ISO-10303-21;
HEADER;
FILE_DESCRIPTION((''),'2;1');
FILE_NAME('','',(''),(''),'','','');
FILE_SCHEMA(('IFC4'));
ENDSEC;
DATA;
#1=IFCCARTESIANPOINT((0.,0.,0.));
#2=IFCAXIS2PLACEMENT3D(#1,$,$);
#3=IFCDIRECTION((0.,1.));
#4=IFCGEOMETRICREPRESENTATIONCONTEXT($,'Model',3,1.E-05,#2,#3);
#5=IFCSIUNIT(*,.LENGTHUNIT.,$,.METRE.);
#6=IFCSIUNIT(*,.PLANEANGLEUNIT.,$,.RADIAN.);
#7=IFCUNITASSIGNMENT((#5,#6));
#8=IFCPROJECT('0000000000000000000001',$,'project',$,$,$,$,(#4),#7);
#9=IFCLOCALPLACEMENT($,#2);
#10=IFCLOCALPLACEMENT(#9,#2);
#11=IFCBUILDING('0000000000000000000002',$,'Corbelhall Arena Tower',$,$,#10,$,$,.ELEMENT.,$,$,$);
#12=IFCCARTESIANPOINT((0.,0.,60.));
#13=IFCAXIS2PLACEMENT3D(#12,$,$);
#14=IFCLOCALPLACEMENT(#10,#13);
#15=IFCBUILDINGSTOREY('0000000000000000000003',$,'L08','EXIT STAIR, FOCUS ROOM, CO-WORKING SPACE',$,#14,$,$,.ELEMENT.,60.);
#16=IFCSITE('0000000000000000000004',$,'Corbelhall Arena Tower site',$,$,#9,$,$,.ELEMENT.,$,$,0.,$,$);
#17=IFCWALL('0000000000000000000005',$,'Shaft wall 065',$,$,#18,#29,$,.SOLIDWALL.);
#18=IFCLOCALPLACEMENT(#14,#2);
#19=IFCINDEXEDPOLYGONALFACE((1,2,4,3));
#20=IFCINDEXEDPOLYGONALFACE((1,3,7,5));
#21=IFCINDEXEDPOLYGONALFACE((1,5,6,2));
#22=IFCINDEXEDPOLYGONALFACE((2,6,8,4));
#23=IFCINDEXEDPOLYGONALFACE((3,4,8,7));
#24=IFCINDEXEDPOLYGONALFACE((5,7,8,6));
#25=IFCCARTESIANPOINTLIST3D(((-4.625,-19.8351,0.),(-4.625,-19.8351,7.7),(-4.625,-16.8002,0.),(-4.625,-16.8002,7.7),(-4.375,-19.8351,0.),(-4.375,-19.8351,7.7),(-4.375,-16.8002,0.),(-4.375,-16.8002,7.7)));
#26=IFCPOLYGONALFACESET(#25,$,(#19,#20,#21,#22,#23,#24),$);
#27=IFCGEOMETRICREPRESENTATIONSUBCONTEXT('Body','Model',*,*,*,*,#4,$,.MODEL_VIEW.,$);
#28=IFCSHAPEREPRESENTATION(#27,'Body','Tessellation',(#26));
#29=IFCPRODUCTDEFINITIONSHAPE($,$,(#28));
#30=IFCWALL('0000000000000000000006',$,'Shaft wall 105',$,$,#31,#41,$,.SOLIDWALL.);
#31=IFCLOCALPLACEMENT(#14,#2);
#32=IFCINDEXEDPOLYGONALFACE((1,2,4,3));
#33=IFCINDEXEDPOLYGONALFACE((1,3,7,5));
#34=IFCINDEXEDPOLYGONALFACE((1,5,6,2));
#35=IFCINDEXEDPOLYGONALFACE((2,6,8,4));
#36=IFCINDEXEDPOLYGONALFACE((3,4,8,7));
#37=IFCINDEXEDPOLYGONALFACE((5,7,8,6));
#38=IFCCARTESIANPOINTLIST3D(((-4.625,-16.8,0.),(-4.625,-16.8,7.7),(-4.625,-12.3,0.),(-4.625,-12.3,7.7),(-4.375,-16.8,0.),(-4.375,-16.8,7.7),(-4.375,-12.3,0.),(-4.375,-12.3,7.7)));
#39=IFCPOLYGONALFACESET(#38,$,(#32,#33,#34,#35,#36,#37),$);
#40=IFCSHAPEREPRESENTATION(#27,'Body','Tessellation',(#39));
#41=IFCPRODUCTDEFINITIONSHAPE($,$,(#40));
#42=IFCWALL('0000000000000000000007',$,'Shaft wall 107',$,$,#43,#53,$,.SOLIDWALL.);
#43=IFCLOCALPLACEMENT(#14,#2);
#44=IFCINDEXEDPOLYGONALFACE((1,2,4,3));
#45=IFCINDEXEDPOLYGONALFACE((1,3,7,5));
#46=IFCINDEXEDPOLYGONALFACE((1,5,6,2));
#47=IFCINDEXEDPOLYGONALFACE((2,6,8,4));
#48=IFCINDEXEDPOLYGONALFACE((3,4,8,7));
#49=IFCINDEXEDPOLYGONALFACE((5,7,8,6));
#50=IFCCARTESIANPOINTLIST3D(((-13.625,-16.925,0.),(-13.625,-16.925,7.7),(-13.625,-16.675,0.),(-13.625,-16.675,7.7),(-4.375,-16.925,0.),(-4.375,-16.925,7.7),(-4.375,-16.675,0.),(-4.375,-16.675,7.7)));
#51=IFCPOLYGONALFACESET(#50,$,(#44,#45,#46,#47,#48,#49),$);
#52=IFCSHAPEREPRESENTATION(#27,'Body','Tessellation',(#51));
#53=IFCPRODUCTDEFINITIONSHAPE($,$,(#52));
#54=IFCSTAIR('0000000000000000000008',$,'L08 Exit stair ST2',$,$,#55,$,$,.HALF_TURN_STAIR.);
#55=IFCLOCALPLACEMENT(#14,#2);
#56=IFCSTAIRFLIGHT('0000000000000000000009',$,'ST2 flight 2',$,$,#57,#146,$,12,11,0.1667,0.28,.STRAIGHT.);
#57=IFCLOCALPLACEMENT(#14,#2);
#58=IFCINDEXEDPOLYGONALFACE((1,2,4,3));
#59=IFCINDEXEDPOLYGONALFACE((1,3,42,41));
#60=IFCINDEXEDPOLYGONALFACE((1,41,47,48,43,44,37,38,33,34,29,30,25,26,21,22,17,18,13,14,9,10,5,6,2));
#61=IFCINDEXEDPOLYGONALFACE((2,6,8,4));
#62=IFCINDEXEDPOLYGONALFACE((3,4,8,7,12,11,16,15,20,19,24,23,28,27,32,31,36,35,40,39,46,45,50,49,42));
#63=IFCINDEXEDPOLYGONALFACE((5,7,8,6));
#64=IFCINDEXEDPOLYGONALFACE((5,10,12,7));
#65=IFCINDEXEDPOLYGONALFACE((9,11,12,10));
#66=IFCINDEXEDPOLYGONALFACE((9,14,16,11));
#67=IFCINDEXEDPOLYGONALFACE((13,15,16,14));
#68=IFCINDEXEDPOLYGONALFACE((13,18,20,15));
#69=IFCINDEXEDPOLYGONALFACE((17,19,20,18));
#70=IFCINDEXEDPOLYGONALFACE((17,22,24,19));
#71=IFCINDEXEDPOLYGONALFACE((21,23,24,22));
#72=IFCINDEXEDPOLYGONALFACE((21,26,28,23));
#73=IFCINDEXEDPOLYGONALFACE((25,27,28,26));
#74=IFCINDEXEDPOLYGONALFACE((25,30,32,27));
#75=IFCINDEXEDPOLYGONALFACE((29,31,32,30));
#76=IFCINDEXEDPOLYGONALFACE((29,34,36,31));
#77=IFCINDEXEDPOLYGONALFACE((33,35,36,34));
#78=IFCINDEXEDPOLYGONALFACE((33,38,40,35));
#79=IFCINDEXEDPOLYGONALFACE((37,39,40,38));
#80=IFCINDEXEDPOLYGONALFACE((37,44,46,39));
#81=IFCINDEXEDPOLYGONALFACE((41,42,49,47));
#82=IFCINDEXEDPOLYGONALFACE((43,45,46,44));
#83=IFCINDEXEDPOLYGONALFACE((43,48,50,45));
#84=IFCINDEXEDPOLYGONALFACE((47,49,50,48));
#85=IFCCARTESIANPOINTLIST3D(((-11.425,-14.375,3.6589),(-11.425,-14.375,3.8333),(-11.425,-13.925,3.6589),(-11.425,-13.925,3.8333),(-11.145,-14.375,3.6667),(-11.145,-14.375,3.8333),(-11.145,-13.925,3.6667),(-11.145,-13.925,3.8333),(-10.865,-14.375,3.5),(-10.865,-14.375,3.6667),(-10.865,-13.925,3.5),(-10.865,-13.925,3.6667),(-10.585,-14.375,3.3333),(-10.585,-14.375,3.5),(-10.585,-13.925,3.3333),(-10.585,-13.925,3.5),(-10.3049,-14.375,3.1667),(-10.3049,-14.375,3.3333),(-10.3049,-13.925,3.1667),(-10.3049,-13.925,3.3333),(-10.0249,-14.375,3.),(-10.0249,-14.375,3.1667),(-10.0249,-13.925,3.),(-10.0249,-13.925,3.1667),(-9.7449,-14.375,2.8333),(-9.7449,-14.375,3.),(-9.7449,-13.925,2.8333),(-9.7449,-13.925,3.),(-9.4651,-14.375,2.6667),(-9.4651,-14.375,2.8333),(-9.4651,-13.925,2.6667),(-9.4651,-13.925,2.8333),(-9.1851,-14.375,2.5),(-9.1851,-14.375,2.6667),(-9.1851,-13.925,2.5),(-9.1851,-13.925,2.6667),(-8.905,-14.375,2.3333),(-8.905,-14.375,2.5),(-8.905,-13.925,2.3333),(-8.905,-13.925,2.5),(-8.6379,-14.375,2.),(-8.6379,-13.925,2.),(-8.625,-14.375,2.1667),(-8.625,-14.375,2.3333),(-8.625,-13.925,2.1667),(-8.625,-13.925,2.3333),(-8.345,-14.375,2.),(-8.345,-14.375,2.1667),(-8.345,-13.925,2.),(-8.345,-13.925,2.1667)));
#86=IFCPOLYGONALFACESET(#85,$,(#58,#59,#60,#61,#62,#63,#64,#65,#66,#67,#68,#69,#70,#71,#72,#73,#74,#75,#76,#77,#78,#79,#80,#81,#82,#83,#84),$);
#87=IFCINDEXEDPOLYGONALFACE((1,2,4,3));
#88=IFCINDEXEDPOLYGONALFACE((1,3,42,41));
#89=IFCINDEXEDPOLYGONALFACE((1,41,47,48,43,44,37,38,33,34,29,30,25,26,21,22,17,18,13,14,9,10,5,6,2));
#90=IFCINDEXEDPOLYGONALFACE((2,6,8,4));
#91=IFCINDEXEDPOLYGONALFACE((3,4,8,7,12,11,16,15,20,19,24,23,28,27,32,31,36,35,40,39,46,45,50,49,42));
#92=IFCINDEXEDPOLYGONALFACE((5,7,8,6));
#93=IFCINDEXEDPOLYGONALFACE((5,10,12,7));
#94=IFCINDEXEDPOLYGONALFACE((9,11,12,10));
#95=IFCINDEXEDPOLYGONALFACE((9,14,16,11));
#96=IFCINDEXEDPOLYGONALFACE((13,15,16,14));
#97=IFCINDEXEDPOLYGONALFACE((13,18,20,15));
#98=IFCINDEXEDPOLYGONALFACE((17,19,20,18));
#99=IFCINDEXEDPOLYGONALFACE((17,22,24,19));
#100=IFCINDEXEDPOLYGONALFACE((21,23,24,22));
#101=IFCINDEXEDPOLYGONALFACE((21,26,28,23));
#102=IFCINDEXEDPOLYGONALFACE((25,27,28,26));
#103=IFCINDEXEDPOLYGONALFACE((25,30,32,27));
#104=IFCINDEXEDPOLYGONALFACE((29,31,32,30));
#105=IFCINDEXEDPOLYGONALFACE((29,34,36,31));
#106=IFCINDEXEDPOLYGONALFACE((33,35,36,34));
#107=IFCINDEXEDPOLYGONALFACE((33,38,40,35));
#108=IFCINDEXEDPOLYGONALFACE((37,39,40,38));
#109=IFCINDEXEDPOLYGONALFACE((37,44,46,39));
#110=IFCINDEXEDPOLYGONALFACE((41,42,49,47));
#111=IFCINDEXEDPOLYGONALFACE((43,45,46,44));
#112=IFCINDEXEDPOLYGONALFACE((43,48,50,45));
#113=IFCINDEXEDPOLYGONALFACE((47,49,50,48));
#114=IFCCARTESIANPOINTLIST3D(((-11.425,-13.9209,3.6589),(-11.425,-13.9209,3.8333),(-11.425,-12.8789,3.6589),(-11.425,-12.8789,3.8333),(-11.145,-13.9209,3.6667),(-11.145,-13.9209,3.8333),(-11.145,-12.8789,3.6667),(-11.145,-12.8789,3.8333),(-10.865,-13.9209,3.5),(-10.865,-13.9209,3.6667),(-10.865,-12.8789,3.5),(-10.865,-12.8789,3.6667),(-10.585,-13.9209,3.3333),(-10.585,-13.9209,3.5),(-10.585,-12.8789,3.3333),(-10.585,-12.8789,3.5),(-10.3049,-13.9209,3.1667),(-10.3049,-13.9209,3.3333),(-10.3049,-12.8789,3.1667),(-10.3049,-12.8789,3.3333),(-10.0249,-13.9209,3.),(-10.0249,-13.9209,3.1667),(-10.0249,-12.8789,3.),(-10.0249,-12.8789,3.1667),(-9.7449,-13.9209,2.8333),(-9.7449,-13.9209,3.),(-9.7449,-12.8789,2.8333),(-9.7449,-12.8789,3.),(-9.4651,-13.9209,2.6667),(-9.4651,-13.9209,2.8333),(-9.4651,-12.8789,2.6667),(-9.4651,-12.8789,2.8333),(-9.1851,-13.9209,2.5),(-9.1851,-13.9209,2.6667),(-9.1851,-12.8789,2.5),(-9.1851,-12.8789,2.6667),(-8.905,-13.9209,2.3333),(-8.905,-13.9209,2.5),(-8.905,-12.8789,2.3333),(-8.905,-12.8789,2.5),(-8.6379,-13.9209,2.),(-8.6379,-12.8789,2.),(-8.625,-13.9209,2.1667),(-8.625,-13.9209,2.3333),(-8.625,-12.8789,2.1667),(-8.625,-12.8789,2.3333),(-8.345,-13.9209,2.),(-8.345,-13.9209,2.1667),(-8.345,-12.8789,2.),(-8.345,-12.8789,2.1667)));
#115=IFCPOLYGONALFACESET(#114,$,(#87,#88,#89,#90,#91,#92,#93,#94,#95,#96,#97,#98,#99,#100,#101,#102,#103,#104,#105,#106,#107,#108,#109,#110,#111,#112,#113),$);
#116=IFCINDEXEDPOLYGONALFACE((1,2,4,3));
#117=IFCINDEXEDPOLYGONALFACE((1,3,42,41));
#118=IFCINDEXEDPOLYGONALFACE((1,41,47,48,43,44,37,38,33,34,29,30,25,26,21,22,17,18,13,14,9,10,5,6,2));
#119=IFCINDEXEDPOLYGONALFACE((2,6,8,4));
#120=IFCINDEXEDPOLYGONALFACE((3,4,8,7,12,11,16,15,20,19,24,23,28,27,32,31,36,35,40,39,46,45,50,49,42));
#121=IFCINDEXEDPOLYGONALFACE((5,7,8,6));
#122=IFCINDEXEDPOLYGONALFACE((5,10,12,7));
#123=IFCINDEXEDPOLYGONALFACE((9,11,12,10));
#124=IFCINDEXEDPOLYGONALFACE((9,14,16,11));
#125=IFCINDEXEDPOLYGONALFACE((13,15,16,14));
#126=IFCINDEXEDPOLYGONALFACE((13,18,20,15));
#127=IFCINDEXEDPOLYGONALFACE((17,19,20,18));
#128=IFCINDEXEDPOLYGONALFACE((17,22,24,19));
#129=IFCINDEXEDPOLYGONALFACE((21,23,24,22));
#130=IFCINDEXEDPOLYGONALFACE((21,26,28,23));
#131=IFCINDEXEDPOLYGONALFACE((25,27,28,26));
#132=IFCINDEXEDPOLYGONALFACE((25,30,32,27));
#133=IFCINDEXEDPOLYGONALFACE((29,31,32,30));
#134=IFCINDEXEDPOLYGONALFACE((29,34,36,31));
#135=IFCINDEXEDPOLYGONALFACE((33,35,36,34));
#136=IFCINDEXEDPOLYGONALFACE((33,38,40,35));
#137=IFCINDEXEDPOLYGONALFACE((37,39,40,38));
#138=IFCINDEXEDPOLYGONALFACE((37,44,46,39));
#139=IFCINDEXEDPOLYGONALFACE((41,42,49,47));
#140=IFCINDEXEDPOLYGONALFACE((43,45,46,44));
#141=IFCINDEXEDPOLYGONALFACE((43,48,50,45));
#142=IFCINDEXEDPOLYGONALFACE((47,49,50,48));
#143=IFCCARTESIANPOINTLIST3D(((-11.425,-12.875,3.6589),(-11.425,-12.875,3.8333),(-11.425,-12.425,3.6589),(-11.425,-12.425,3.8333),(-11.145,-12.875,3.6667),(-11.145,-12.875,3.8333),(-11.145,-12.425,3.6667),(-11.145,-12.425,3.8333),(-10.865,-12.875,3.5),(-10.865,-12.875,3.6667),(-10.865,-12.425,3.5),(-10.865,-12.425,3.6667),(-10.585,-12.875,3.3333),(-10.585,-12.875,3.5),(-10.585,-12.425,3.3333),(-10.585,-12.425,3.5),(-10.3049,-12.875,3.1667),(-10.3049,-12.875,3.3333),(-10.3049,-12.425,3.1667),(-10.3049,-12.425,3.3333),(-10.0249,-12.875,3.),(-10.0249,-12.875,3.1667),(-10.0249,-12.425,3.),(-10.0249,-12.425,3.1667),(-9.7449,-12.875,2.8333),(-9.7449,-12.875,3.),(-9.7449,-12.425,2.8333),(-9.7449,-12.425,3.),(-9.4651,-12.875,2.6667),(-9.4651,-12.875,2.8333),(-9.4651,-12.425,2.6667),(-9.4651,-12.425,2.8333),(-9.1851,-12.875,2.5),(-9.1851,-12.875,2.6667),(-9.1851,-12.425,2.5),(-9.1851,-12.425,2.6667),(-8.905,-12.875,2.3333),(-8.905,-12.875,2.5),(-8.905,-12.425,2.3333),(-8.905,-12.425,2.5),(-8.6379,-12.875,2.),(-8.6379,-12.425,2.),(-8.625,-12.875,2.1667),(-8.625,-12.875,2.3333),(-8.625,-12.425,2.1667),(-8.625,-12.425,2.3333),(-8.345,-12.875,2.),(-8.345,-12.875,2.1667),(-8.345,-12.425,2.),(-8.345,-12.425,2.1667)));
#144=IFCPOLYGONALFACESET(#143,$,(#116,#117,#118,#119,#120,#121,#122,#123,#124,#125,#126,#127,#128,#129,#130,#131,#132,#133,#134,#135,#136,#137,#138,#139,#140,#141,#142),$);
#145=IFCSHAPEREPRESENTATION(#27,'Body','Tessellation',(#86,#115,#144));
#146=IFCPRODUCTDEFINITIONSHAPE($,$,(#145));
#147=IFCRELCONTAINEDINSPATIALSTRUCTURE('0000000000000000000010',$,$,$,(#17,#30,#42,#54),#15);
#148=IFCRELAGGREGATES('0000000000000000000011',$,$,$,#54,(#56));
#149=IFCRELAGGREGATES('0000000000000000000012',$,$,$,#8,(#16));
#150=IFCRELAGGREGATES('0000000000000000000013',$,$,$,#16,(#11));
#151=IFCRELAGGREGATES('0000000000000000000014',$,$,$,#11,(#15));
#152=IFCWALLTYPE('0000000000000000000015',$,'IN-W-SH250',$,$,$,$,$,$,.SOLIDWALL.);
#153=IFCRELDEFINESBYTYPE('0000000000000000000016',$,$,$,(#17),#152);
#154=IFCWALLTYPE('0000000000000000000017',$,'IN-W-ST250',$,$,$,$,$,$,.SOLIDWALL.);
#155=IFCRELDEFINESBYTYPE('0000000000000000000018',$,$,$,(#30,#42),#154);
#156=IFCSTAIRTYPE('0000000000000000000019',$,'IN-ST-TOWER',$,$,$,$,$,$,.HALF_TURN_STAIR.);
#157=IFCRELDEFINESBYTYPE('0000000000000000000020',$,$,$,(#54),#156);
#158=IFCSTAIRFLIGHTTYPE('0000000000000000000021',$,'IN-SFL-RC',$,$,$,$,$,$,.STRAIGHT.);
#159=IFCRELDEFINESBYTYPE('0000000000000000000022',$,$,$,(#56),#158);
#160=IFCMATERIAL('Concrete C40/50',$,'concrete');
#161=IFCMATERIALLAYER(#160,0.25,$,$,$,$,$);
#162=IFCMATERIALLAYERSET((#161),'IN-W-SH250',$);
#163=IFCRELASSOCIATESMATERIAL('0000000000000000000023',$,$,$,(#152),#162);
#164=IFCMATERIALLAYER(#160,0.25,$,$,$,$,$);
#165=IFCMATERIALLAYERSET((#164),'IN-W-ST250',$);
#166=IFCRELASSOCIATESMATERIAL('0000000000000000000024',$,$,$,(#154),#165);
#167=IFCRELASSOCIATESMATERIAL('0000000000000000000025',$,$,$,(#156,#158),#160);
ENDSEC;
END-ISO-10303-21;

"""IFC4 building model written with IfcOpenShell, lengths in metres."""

from ifc_helpers import new_model, si_unit, direction, frame, frame_2d, origin, place, context, subcontext, project, spatial, polyline, rectangle, outline, extrude, material, layer, layer_set, type_object, element, aggregate, save


model = new_model("IFC4")

# Units and contexts
model_context = context("Model", 3, precision=1e-05, world=origin(), true_north=direction((0.0, 1.0)))
body_context = subcontext(model_context, "Body", "Model", "MODEL_VIEW")
ifc_project = project(units=[si_unit("LENGTHUNIT", "METRE"), si_unit("PLANEANGLEUNIT", "RADIAN")], contexts=[model_context])

# Site, building, storey
site_placement = place(None, origin())
site = spatial("IfcSite", under=ifc_project, at=site_placement, Name="Corbelhall Arena Tower site", CompositionType="ELEMENT", RefElevation=0.0)
building_placement = place(site_placement, origin())
building = spatial("IfcBuilding", under=site, at=building_placement, Name="Corbelhall Arena Tower", CompositionType="ELEMENT")
storey_placement = place(building_placement, frame((0.0, 0.0, 60.0)))
storey = spatial("IfcBuildingStorey", under=building, at=storey_placement, Name="L08", Description="EXIT STAIR, FOCUS ROOM, CO-WORKING SPACE", CompositionType="ELEMENT", Elevation=60.0)

# Walls
ifc_material_1 = material(Name="Concrete C40/50", Category="concrete")
ifc_layer_1 = layer(ifc_material_1, 0.25)
ifc_layer_set_1 = layer_set([ifc_layer_1], Name="IN-W-SH250")
wall_type_1 = type_object("IfcWallType", Name="IN-W-SH250", PredefinedType="SOLIDWALL", material=ifc_layer_set_1)
wall_1_placement = place(storey_placement, frame((-4.5, -16.8, 0.0), z_axis=(0.0, 0.0, 1.0), x_axis=(0.0, -1.0, 0.0)))
element("IfcWall", 1, at=wall_1_placement, inside=storey, type_object=wall_type_1, Name="Shaft wall 065", PredefinedType="SOLIDWALL", context=body_context, shape_type="SweptSolid", body=[
    extrude(rectangle(XDim=3.0349, YDim=0.25, at=frame_2d((1.5176, 0.0))), origin(), (0.0, 0.0, 1.0), 7.7),
])
ifc_layer_2 = layer(ifc_material_1, 0.25)
ifc_layer_set_2 = layer_set([ifc_layer_2], Name="IN-W-ST250")
wall_type_2 = type_object("IfcWallType", Name="IN-W-ST250", PredefinedType="SOLIDWALL", material=ifc_layer_set_2)
wall_2_placement = place(storey_placement, frame((-4.5, -12.3, 0.0), z_axis=(0.0, 0.0, 1.0), x_axis=(0.0, -1.0, 0.0)))
element("IfcWall", 2, at=wall_2_placement, inside=storey, type_object=wall_type_2, Name="Shaft wall 105", PredefinedType="SOLIDWALL", context=body_context, shape_type="SweptSolid", body=[
    extrude(rectangle(XDim=4.5, YDim=0.25, at=frame_2d((2.25, 0.0))), origin(), (0.0, 0.0, 1.0), 7.7),
])
wall_3_placement = place(storey_placement, frame((-4.375, -16.8, 0.0), z_axis=(0.0, 0.0, 1.0), x_axis=(-1.0, 0.0, 0.0)))
element("IfcWall", 3, at=wall_3_placement, inside=storey, type_object=wall_type_2, Name="Shaft wall 107", PredefinedType="SOLIDWALL", context=body_context, shape_type="SweptSolid", body=[
    extrude(rectangle(XDim=9.25, YDim=0.25, at=frame_2d((4.625, 0.0))), origin(), (0.0, 0.0, 1.0), 7.7),
])

# Stair, stair flight
stair_type = type_object("IfcStairType", Name="IN-ST-TOWER", PredefinedType="HALF_TURN_STAIR", material=ifc_material_1)
stair_placement = place(storey_placement, origin())
stair = element("IfcStair", 4, at=stair_placement, inside=storey, type_object=stair_type, Name="L08 Exit stair ST2", PredefinedType="HALF_TURN_STAIR")
stair_flight_type = type_object("IfcStairFlightType", Name="IN-SFL-RC", PredefinedType="STRAIGHT", material=ifc_material_1)
stair_flight_1_placement = place(storey_placement, frame((-8.345, -13.3999, 2.0), z_axis=(0.0, 0.0, 1.0), x_axis=(-1.0, 0.0, 0.0)))
stair_flight_1 = element("IfcStairFlight", 5, at=stair_flight_1_placement, type_object=stair_flight_type, Name="ST2 flight 2", NumberOfRisers=12, NumberOfTreads=11, PredefinedType="STRAIGHT", RiserHeight=0.1667, TreadLength=0.28, context=body_context, shape_type="SweptSolid", body=[
    extrude(outline(polyline([(0.0, 0.0), (0.0, 0.1667), (0.28, 0.1667), (0.28, 0.3333), (0.5601, 0.3333), (0.5601, 0.5), (0.8401, 0.5), (0.8401, 0.6667), (1.1201, 0.6667), (1.1201, 0.8333), (1.3999, 0.8333), (1.3999, 1.0), (1.6799, 1.0), (1.6799, 1.1667), (1.96, 1.1667), (1.96, 1.3333), (2.24, 1.3333), (2.24, 1.5), (2.52, 1.5), (2.52, 1.6667), (2.8, 1.6667), (2.8, 1.8333), (3.0801, 1.8333), (3.0801, 2.0), (3.0801, 1.6589), (0.293, 0.0), (0.0, 0.0)])), frame((0.0, 0.9751, 0.0), z_axis=(0.0, -1.0, 0.0), x_axis=(1.0, 0.0, 0.0)), (0.0, 0.0, 1.0), 0.45),
    extrude(outline(polyline([(0.0, 0.0), (0.0, 0.1667), (0.28, 0.1667), (0.28, 0.3333), (0.5601, 0.3333), (0.5601, 0.5), (0.8401, 0.5), (0.8401, 0.6667), (1.1201, 0.6667), (1.1201, 0.8333), (1.3999, 0.8333), (1.3999, 1.0), (1.6799, 1.0), (1.6799, 1.1667), (1.96, 1.1667), (1.96, 1.3333), (2.24, 1.3333), (2.24, 1.5), (2.52, 1.5), (2.52, 1.6667), (2.8, 1.6667), (2.8, 1.8333), (3.0801, 1.8333), (3.0801, 2.0), (3.0801, 1.6589), (0.293, 0.0), (0.0, 0.0)])), frame((0.0, 0.521, 0.0), z_axis=(0.0, -1.0, 0.0), x_axis=(1.0, 0.0, 0.0)), (0.0, 0.0, 1.0), 1.042),
    extrude(outline(polyline([(0.0, 0.0), (0.0, 0.1667), (0.28, 0.1667), (0.28, 0.3333), (0.5601, 0.3333), (0.5601, 0.5), (0.8401, 0.5), (0.8401, 0.6667), (1.1201, 0.6667), (1.1201, 0.8333), (1.3999, 0.8333), (1.3999, 1.0), (1.6799, 1.0), (1.6799, 1.1667), (1.96, 1.1667), (1.96, 1.3333), (2.24, 1.3333), (2.24, 1.5), (2.52, 1.5), (2.52, 1.6667), (2.8, 1.6667), (2.8, 1.8333), (3.0801, 1.8333), (3.0801, 2.0), (3.0801, 1.6589), (0.293, 0.0), (0.0, 0.0)])), frame((0.0, -0.5249, 0.0), z_axis=(0.0, -1.0, 0.0), x_axis=(1.0, 0.0, 0.0)), (0.0, 0.0, 1.0), 0.45),
])
aggregate(stair, [stair_flight_1])

save(model, "model.ifc")
